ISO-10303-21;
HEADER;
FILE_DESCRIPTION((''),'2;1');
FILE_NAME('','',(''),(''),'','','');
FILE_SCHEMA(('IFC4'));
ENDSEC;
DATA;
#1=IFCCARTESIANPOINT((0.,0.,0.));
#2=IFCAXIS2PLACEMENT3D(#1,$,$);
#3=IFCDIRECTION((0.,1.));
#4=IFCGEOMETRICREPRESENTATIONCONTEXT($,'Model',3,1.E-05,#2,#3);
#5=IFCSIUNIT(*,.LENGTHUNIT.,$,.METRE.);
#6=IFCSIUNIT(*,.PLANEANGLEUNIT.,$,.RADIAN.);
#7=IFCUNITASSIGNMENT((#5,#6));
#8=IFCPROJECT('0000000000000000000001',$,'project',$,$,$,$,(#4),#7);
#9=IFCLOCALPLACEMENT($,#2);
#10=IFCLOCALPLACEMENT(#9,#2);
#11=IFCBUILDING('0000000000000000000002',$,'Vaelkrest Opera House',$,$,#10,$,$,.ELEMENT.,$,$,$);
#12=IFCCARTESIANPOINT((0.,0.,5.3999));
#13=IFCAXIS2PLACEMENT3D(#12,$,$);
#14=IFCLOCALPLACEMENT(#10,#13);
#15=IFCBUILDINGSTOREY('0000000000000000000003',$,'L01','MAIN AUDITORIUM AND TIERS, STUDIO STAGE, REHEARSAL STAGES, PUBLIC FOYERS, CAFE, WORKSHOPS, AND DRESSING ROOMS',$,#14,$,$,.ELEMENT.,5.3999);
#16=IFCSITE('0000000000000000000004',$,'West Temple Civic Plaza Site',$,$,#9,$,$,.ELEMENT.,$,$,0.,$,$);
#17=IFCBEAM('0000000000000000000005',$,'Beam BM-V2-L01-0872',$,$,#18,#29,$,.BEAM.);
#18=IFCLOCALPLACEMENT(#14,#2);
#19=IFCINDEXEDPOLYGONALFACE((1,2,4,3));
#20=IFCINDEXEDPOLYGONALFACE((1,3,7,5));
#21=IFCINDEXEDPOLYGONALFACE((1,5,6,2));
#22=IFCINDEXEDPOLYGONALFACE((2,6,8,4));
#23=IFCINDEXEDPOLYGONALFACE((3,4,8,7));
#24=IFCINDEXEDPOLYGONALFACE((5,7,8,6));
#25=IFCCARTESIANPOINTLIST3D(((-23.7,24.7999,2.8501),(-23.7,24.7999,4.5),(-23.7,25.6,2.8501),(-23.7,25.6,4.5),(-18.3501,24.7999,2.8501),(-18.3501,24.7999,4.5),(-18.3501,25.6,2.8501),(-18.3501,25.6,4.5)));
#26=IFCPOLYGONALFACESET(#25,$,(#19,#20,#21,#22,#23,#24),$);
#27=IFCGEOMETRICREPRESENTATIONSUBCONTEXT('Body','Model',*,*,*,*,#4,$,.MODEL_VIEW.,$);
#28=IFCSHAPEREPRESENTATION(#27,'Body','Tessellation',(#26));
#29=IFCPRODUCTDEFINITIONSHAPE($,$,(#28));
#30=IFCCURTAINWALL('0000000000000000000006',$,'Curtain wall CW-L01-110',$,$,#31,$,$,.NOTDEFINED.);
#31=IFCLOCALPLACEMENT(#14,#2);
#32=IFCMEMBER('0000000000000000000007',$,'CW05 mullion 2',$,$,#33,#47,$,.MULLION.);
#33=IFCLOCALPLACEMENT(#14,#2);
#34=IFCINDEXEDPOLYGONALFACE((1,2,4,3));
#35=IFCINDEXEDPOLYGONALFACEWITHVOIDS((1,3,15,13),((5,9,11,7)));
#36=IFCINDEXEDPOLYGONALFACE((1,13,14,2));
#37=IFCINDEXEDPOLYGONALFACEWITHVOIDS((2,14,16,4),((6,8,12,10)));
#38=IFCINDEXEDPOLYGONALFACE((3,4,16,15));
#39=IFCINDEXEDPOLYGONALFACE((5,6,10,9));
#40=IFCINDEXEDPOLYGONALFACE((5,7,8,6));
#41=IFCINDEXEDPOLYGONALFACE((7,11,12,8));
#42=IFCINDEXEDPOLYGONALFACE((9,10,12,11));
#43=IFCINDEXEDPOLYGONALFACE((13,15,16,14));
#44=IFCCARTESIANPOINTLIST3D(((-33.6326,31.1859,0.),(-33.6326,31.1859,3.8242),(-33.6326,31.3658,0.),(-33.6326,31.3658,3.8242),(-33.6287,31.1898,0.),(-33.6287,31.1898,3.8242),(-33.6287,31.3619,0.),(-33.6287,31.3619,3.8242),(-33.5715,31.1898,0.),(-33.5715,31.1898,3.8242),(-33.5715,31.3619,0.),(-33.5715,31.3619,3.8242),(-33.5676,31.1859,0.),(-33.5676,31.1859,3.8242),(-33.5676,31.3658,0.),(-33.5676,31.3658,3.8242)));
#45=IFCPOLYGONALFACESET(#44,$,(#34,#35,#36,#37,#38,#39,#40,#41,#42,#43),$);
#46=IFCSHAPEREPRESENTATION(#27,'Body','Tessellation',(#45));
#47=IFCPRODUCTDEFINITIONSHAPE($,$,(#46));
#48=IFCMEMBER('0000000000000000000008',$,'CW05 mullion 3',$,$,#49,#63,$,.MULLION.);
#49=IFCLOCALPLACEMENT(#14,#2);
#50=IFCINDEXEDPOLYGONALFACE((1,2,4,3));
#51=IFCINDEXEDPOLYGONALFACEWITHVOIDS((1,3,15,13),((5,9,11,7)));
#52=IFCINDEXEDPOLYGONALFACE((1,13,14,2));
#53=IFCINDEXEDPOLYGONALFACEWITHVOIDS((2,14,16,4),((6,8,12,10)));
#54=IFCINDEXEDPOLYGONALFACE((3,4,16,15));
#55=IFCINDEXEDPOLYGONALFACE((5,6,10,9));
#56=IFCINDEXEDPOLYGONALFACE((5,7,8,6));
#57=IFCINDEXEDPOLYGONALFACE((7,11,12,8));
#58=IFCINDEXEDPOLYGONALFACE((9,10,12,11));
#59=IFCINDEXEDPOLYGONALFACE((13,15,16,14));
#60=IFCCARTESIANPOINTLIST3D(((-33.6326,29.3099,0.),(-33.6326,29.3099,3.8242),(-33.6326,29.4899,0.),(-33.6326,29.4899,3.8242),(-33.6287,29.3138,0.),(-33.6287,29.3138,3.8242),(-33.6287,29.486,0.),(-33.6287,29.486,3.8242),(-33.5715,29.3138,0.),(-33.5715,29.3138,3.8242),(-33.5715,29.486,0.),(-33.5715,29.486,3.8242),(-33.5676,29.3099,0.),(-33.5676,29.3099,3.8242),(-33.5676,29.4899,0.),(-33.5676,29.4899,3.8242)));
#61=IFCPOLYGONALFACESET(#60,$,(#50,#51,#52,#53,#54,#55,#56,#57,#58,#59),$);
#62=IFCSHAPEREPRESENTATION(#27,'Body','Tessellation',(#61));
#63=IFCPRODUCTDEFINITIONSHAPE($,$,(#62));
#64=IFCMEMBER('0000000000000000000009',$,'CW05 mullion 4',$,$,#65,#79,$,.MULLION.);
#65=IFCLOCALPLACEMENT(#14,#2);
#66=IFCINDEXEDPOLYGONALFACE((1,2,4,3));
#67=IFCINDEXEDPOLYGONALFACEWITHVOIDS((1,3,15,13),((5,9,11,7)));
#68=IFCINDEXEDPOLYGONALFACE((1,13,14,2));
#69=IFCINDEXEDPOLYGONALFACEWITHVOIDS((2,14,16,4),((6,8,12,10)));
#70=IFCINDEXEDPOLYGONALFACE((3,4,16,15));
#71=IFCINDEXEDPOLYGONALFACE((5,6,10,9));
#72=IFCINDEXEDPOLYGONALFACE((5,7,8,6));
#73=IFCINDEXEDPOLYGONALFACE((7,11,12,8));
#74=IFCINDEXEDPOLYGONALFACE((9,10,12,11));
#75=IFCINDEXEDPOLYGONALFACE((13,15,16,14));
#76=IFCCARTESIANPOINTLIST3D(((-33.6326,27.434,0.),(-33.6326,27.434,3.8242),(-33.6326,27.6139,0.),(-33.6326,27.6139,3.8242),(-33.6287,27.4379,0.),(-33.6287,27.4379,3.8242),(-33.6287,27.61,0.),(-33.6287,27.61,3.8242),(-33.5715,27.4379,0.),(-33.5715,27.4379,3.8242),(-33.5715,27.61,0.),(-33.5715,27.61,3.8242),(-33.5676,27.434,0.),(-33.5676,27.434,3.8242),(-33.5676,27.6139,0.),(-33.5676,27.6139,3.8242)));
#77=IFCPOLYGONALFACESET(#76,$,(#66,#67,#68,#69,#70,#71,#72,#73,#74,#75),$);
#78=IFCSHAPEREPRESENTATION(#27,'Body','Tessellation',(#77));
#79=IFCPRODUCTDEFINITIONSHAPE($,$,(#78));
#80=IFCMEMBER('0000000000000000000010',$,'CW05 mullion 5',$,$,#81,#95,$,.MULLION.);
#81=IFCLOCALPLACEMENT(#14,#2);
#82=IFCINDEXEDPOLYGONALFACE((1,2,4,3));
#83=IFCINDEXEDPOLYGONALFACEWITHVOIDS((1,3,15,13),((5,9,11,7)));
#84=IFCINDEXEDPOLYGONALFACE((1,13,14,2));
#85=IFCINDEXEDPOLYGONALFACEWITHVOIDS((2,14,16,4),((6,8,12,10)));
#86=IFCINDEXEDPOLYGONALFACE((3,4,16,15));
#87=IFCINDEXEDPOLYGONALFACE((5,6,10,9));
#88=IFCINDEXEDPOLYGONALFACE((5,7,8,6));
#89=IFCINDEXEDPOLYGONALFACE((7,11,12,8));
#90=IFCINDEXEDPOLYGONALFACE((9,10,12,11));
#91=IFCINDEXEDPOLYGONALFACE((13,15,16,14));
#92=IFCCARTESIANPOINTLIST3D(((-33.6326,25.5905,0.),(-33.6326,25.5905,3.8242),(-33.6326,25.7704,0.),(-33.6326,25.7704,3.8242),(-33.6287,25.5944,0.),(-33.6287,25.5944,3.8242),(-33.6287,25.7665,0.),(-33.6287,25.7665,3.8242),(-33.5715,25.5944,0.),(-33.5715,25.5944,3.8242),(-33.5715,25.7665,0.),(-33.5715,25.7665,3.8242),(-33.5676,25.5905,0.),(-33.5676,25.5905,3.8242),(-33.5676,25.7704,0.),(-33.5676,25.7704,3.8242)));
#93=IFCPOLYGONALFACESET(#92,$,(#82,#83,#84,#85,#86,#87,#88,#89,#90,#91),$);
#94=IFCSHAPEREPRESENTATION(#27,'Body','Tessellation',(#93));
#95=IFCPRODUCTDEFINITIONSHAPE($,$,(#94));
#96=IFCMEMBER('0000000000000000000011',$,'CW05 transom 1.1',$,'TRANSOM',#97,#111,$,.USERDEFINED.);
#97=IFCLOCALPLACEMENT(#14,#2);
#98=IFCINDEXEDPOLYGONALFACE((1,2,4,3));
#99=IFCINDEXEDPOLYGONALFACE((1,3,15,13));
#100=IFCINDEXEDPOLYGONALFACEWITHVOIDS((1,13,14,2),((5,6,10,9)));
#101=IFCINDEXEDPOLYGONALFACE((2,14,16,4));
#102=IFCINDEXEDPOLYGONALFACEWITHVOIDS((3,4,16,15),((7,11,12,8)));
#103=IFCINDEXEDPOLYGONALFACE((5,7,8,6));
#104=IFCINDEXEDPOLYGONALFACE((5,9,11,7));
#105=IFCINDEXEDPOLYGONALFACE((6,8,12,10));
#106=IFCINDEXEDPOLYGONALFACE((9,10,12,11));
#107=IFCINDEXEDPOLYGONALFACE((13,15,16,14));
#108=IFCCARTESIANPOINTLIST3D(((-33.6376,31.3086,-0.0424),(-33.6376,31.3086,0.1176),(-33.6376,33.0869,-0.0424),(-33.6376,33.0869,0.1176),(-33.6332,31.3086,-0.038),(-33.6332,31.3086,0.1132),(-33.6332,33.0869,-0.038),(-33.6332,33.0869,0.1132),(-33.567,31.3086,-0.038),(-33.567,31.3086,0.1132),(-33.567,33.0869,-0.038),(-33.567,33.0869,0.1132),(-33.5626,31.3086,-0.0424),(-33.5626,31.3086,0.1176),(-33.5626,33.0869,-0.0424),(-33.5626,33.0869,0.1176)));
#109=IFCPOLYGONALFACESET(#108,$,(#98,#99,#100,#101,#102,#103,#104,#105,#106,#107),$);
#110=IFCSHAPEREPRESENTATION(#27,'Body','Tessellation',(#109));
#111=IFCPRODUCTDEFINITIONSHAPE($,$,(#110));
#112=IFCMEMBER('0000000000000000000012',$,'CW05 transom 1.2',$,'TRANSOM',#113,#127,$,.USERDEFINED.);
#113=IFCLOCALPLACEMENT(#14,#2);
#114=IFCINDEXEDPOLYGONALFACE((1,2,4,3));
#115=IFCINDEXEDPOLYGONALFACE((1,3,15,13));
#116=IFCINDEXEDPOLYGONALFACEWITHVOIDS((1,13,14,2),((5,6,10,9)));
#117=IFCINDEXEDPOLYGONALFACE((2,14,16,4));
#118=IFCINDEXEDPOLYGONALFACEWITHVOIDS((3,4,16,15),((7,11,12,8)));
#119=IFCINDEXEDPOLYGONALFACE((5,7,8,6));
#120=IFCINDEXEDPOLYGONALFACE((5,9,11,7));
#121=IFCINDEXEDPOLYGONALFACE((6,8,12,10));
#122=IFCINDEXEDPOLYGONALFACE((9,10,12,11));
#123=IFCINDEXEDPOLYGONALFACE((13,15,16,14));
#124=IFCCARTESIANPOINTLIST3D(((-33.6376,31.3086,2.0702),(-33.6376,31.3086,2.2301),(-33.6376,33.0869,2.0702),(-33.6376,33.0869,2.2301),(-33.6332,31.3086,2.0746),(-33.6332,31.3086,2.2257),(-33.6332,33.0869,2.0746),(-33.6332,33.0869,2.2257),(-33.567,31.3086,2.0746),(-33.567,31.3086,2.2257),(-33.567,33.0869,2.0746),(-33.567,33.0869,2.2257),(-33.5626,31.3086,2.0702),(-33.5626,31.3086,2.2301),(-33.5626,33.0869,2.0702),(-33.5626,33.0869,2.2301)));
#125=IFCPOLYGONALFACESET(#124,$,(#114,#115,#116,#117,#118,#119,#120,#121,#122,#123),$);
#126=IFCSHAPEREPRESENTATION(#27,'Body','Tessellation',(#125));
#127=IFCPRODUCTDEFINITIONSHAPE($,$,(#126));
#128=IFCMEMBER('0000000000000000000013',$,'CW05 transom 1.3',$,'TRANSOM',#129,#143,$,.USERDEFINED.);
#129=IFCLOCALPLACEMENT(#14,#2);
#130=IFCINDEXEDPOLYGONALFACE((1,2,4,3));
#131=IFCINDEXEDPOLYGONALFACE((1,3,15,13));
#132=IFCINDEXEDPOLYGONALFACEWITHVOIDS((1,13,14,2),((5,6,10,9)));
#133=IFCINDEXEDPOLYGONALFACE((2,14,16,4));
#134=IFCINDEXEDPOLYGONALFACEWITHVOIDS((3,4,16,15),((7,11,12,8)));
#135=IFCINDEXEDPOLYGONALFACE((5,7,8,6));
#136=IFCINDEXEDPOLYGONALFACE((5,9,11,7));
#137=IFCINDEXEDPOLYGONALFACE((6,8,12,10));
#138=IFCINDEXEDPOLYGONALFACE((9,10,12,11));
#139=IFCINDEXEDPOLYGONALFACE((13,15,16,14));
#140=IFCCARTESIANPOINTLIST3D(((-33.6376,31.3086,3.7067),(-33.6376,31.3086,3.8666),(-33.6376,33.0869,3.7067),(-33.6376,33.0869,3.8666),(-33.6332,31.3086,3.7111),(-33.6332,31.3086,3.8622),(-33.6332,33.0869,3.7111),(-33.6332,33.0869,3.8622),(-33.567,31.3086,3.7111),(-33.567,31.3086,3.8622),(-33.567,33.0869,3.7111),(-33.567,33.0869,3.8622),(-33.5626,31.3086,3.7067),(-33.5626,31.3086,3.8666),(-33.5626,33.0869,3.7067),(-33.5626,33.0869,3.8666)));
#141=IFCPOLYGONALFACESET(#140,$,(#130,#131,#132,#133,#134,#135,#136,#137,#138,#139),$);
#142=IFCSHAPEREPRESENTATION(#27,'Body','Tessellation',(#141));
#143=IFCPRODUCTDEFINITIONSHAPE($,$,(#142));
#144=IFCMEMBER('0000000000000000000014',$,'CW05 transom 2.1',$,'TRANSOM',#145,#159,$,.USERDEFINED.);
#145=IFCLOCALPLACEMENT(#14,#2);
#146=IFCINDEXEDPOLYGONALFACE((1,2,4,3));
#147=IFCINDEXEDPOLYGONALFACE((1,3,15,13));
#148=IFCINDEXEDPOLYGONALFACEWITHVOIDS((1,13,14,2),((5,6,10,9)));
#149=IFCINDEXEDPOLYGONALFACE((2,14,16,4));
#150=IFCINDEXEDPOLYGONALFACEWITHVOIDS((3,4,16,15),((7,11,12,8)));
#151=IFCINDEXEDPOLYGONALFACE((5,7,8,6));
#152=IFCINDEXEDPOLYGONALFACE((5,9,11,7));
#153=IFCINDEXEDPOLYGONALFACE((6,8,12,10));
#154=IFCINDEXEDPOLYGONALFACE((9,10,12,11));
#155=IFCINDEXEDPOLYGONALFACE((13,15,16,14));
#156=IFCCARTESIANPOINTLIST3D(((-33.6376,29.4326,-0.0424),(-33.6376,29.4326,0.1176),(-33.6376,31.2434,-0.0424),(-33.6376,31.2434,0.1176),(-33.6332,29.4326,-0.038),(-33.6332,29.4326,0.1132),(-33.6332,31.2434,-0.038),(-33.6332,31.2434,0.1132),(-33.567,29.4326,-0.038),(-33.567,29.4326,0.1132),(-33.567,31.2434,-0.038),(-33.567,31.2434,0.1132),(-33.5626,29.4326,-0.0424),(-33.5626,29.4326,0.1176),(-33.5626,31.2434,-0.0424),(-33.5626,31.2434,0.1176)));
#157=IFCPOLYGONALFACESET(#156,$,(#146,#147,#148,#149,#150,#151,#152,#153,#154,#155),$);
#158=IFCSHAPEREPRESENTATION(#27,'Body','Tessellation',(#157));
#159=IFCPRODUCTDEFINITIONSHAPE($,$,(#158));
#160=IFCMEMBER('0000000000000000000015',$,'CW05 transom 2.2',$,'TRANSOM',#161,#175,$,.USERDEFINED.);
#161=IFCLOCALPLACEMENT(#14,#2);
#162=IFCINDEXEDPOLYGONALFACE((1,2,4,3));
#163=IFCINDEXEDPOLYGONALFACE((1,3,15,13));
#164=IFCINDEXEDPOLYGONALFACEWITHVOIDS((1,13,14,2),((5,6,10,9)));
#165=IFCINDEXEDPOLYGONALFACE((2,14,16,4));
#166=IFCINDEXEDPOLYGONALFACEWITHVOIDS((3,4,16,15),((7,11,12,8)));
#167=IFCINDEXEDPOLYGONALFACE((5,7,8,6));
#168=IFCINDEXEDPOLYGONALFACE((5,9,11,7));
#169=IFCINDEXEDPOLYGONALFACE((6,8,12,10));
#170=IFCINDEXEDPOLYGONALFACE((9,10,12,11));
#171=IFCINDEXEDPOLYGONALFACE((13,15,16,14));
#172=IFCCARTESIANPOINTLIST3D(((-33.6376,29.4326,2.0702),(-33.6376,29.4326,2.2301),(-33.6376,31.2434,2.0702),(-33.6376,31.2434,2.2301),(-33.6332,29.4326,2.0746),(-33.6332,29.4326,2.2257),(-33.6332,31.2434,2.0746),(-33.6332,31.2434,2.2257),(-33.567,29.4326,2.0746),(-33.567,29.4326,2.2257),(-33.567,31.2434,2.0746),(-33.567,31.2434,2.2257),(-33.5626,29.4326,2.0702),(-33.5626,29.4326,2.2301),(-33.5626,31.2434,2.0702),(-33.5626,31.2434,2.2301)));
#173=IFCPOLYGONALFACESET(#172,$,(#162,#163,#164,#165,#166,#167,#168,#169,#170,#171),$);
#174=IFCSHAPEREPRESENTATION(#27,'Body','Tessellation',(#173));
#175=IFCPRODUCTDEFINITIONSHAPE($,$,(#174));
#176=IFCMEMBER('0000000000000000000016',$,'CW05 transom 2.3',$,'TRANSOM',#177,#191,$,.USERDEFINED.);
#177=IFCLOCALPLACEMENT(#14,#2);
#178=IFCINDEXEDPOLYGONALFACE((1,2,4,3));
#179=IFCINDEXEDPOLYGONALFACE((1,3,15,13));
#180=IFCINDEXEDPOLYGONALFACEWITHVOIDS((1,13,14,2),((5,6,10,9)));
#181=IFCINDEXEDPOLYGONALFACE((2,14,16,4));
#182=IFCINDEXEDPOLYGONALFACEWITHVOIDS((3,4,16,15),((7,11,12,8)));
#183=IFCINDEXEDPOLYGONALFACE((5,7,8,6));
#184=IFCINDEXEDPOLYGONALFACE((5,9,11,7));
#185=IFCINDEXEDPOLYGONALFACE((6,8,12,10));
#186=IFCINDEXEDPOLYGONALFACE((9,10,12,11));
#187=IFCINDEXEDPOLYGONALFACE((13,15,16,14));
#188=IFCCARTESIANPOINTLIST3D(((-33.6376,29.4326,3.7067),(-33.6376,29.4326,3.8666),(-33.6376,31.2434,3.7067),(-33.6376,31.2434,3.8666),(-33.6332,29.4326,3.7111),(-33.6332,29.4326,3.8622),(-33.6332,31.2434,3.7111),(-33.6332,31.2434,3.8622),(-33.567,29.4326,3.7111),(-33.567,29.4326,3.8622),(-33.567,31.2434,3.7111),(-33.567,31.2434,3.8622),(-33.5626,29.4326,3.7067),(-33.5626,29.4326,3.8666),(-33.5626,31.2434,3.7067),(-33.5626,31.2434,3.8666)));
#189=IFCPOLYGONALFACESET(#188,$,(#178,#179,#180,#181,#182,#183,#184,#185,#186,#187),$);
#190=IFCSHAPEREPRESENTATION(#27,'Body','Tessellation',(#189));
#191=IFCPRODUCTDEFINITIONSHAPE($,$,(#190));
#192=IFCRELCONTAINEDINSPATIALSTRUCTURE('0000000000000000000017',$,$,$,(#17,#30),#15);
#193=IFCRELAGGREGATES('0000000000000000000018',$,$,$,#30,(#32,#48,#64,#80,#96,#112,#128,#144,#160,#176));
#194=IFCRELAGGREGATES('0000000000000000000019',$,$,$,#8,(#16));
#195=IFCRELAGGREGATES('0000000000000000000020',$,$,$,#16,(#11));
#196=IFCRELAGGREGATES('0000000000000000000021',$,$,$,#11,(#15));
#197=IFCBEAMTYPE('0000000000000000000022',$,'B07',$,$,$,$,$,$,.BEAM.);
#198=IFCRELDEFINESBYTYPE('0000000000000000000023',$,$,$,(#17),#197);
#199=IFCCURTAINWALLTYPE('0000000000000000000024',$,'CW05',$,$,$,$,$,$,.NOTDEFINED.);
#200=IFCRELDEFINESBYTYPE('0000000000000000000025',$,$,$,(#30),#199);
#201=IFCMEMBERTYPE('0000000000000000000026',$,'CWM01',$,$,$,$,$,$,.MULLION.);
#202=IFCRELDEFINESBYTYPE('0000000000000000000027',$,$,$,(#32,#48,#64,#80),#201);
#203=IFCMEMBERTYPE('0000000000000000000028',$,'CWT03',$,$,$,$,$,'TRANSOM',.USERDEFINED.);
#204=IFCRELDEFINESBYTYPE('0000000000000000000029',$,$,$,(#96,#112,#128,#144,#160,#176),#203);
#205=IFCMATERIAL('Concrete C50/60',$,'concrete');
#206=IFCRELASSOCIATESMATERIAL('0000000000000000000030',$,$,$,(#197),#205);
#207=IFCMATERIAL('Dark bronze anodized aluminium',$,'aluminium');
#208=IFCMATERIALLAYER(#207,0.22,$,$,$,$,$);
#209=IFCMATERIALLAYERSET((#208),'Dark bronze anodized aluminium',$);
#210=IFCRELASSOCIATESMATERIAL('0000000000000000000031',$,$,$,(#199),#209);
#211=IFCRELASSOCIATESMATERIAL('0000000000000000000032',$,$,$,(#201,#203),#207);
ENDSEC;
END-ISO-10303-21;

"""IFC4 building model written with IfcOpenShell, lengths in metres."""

from ifc_helpers import new_model, si_unit, direction, frame, origin, origin_2d, place, context, subcontext, project, spatial, rectangle, hollow_rectangle, extrude, material, layer, layer_set, material_profile, profile_set, type_object, element, aggregate, save


model = new_model("IFC4")

# Units and contexts
model_context = context("Model", 3, precision=1e-05, world=origin(), true_north=direction((0.0, 1.0)))
body_context = subcontext(model_context, "Body", "Model", "MODEL_VIEW")
ifc_project = project(units=[si_unit("LENGTHUNIT", "METRE"), si_unit("PLANEANGLEUNIT", "RADIAN")], contexts=[model_context])

# Site, building, storey
site_placement = place(None, origin())
site = spatial("IfcSite", under=ifc_project, at=site_placement, Name="West Temple Civic Plaza Site", CompositionType="ELEMENT", RefElevation=0.0)
building_placement = place(site_placement, origin())
building = spatial("IfcBuilding", under=site, at=building_placement, Name="Vaelkrest Opera House", CompositionType="ELEMENT")
storey_placement = place(building_placement, frame((0.0, 0.0, 5.3999)))
storey = spatial("IfcBuildingStorey", under=building, at=storey_placement, Name="L01", Description="MAIN AUDITORIUM AND TIERS, STUDIO STAGE, REHEARSAL STAGES, PUBLIC FOYERS, CAFE, WORKSHOPS, AND DRESSING ROOMS", CompositionType="ELEMENT", Elevation=5.3999)

# Beam
ifc_material_1 = material(Name="Concrete C50/60", Category="concrete")
ifc_material_profile_1 = material_profile(ifc_material_1, rectangle(XDim=0.8, YDim=1.6499, at=origin_2d()), Name="RCB800X1650")
ifc_profile_set_1 = profile_set([ifc_material_profile_1], Name="Concrete C50/60")
beam_type_1 = type_object("IfcBeamType", Name="B07", PredefinedType="BEAM", material=ifc_profile_set_1)
beam_1_placement = place(storey_placement, frame((-23.7, 25.2, 3.675), z_axis=(1.0, 0.0, 0.0), x_axis=(0.0, 1.0, 0.0)))
element("IfcBeam", 1, at=beam_1_placement, inside=storey, type_object=beam_type_1, Name="Beam BM-V2-L01-0872", PredefinedType="BEAM", context=body_context, shape_type="SweptSolid", body=[
    extrude(rectangle(XDim=0.8, YDim=1.6499, at=origin_2d()), origin(), (0.0, 0.0, 1.0), 5.3499),
])

# Curtain wall, members
ifc_material_2 = material(Name="Dark bronze anodized aluminium", Category="aluminium")
ifc_layer_1 = layer(ifc_material_2, 0.22)
ifc_layer_set_1 = layer_set([ifc_layer_1], Name="Dark bronze anodized aluminium")
curtain_wall_type = type_object("IfcCurtainWallType", Name="CW05", PredefinedType="NOTDEFINED", material=ifc_layer_set_1)
curtain_wall_placement = place(storey_placement, origin())
curtain_wall = element("IfcCurtainWall", 2, at=curtain_wall_placement, inside=storey, type_object=curtain_wall_type, Name="Curtain wall CW-L01-110", PredefinedType="NOTDEFINED")
ifc_material_profile_2 = material_profile(ifc_material_2, hollow_rectangle(XDim=0.0649, YDim=0.1799, WallThickness=0.0039, at=origin_2d()), Name="CWM65X180")
ifc_profile_set_2 = profile_set([ifc_material_profile_2], Name="Dark bronze anodized aluminium")
member_type_1 = type_object("IfcMemberType", Name="CWM01", PredefinedType="MULLION", material=ifc_profile_set_2)
member_1_placement = place(storey_placement, frame((-33.6001, 31.2759, 0.0), z_axis=(0.0, 0.0, 1.0), x_axis=(1.0, 0.0, 0.0)))
member_1 = element("IfcMember", 3, at=member_1_placement, type_object=member_type_1, Name="CW05 mullion 2", PredefinedType="MULLION", context=body_context, shape_type="SweptSolid", body=[
    extrude(hollow_rectangle(XDim=0.0649, YDim=0.1799, WallThickness=0.0039, at=origin_2d()), origin(), (0.0, 0.0, 1.0), 3.8242),
])
member_2_placement = place(storey_placement, frame((-33.6001, 29.3999, 0.0), z_axis=(0.0, 0.0, 1.0), x_axis=(1.0, 0.0, 0.0)))
member_2 = element("IfcMember", 4, at=member_2_placement, type_object=member_type_1, Name="CW05 mullion 3", PredefinedType="MULLION", context=body_context, shape_type="SweptSolid", body=[
    extrude(hollow_rectangle(XDim=0.0649, YDim=0.1799, WallThickness=0.0039, at=origin_2d()), origin(), (0.0, 0.0, 1.0), 3.8242),
])
member_3_placement = place(storey_placement, frame((-33.6001, 27.5239, 0.0), z_axis=(0.0, 0.0, 1.0), x_axis=(1.0, 0.0, 0.0)))
member_3 = element("IfcMember", 5, at=member_3_placement, type_object=member_type_1, Name="CW05 mullion 4", PredefinedType="MULLION", context=body_context, shape_type="SweptSolid", body=[
    extrude(hollow_rectangle(XDim=0.0649, YDim=0.1799, WallThickness=0.0039, at=origin_2d()), origin(), (0.0, 0.0, 1.0), 3.8242),
])
member_4_placement = place(storey_placement, frame((-33.6001, 25.6804, 0.0), z_axis=(0.0, 0.0, 1.0), x_axis=(1.0, 0.0, 0.0)))
member_4 = element("IfcMember", 6, at=member_4_placement, type_object=member_type_1, Name="CW05 mullion 5", PredefinedType="MULLION", context=body_context, shape_type="SweptSolid", body=[
    extrude(hollow_rectangle(XDim=0.0649, YDim=0.1799, WallThickness=0.0039, at=origin_2d()), origin(), (0.0, 0.0, 1.0), 3.8242),
])
ifc_material_profile_3 = material_profile(ifc_material_2, hollow_rectangle(XDim=0.075, YDim=0.1599, WallThickness=0.0044, at=origin_2d()), Name="CWT75X160")
ifc_profile_set_3 = profile_set([ifc_material_profile_3], Name="Dark bronze anodized aluminium")
member_type_2 = type_object("IfcMemberType", Name="CWT03", ElementType="TRANSOM", PredefinedType="USERDEFINED", material=ifc_profile_set_3)
member_5_placement = place(storey_placement, frame((-33.6001, 33.0869, 0.0376), z_axis=(0.0, -1.0, 0.0), x_axis=(1.0, 0.0, 0.0)))
member_5 = element("IfcMember", 7, at=member_5_placement, type_object=member_type_2, Name="CW05 transom 1.1", ObjectType="TRANSOM", PredefinedType="USERDEFINED", context=body_context, shape_type="SweptSolid", body=[
    extrude(hollow_rectangle(XDim=0.075, YDim=0.1599, WallThickness=0.0044, at=origin_2d()), origin(), (0.0, 0.0, 1.0), 1.7783),
])
member_6_placement = place(storey_placement, frame((-33.6001, 33.0869, 2.1501), z_axis=(0.0, -1.0, 0.0), x_axis=(1.0, 0.0, 0.0)))
member_6 = element("IfcMember", 8, at=member_6_placement, type_object=member_type_2, Name="CW05 transom 1.2", ObjectType="TRANSOM", PredefinedType="USERDEFINED", context=body_context, shape_type="SweptSolid", body=[
    extrude(hollow_rectangle(XDim=0.075, YDim=0.1599, WallThickness=0.0044, at=origin_2d()), origin(), (0.0, 0.0, 1.0), 1.7783),
])
member_7_placement = place(storey_placement, frame((-33.6001, 33.0869, 3.7866), z_axis=(0.0, -1.0, 0.0), x_axis=(1.0, 0.0, 0.0)))
member_7 = element("IfcMember", 9, at=member_7_placement, type_object=member_type_2, Name="CW05 transom 1.3", ObjectType="TRANSOM", PredefinedType="USERDEFINED", context=body_context, shape_type="SweptSolid", body=[
    extrude(hollow_rectangle(XDim=0.075, YDim=0.1599, WallThickness=0.0044, at=origin_2d()), origin(), (0.0, 0.0, 1.0), 1.7783),
])
member_8_placement = place(storey_placement, frame((-33.6001, 31.2434, 0.0376), z_axis=(0.0, -1.0, 0.0), x_axis=(1.0, 0.0, 0.0)))
member_8 = element("IfcMember", 10, at=member_8_placement, type_object=member_type_2, Name="CW05 transom 2.1", ObjectType="TRANSOM", PredefinedType="USERDEFINED", context=body_context, shape_type="SweptSolid", body=[
    extrude(hollow_rectangle(XDim=0.075, YDim=0.1599, WallThickness=0.0044, at=origin_2d()), origin(), (0.0, 0.0, 1.0), 1.8108),
])
member_9_placement = place(storey_placement, frame((-33.6001, 31.2434, 2.1501), z_axis=(0.0, -1.0, 0.0), x_axis=(1.0, 0.0, 0.0)))
member_9 = element("IfcMember", 11, at=member_9_placement, type_object=member_type_2, Name="CW05 transom 2.2", ObjectType="TRANSOM", PredefinedType="USERDEFINED", context=body_context, shape_type="SweptSolid", body=[
    extrude(hollow_rectangle(XDim=0.075, YDim=0.1599, WallThickness=0.0044, at=origin_2d()), origin(), (0.0, 0.0, 1.0), 1.8108),
])
member_10_placement = place(storey_placement, frame((-33.6001, 31.2434, 3.7866), z_axis=(0.0, -1.0, 0.0), x_axis=(1.0, 0.0, 0.0)))
member_10 = element("IfcMember", 12, at=member_10_placement, type_object=member_type_2, Name="CW05 transom 2.3", ObjectType="TRANSOM", PredefinedType="USERDEFINED", context=body_context, shape_type="SweptSolid", body=[
    extrude(hollow_rectangle(XDim=0.075, YDim=0.1599, WallThickness=0.0044, at=origin_2d()), origin(), (0.0, 0.0, 1.0), 1.8108),
])

aggregate(curtain_wall, [member_1, member_2, member_3, member_4, member_5, member_6, member_7, member_8, member_9, member_10])

save(model, "model.ifc")
